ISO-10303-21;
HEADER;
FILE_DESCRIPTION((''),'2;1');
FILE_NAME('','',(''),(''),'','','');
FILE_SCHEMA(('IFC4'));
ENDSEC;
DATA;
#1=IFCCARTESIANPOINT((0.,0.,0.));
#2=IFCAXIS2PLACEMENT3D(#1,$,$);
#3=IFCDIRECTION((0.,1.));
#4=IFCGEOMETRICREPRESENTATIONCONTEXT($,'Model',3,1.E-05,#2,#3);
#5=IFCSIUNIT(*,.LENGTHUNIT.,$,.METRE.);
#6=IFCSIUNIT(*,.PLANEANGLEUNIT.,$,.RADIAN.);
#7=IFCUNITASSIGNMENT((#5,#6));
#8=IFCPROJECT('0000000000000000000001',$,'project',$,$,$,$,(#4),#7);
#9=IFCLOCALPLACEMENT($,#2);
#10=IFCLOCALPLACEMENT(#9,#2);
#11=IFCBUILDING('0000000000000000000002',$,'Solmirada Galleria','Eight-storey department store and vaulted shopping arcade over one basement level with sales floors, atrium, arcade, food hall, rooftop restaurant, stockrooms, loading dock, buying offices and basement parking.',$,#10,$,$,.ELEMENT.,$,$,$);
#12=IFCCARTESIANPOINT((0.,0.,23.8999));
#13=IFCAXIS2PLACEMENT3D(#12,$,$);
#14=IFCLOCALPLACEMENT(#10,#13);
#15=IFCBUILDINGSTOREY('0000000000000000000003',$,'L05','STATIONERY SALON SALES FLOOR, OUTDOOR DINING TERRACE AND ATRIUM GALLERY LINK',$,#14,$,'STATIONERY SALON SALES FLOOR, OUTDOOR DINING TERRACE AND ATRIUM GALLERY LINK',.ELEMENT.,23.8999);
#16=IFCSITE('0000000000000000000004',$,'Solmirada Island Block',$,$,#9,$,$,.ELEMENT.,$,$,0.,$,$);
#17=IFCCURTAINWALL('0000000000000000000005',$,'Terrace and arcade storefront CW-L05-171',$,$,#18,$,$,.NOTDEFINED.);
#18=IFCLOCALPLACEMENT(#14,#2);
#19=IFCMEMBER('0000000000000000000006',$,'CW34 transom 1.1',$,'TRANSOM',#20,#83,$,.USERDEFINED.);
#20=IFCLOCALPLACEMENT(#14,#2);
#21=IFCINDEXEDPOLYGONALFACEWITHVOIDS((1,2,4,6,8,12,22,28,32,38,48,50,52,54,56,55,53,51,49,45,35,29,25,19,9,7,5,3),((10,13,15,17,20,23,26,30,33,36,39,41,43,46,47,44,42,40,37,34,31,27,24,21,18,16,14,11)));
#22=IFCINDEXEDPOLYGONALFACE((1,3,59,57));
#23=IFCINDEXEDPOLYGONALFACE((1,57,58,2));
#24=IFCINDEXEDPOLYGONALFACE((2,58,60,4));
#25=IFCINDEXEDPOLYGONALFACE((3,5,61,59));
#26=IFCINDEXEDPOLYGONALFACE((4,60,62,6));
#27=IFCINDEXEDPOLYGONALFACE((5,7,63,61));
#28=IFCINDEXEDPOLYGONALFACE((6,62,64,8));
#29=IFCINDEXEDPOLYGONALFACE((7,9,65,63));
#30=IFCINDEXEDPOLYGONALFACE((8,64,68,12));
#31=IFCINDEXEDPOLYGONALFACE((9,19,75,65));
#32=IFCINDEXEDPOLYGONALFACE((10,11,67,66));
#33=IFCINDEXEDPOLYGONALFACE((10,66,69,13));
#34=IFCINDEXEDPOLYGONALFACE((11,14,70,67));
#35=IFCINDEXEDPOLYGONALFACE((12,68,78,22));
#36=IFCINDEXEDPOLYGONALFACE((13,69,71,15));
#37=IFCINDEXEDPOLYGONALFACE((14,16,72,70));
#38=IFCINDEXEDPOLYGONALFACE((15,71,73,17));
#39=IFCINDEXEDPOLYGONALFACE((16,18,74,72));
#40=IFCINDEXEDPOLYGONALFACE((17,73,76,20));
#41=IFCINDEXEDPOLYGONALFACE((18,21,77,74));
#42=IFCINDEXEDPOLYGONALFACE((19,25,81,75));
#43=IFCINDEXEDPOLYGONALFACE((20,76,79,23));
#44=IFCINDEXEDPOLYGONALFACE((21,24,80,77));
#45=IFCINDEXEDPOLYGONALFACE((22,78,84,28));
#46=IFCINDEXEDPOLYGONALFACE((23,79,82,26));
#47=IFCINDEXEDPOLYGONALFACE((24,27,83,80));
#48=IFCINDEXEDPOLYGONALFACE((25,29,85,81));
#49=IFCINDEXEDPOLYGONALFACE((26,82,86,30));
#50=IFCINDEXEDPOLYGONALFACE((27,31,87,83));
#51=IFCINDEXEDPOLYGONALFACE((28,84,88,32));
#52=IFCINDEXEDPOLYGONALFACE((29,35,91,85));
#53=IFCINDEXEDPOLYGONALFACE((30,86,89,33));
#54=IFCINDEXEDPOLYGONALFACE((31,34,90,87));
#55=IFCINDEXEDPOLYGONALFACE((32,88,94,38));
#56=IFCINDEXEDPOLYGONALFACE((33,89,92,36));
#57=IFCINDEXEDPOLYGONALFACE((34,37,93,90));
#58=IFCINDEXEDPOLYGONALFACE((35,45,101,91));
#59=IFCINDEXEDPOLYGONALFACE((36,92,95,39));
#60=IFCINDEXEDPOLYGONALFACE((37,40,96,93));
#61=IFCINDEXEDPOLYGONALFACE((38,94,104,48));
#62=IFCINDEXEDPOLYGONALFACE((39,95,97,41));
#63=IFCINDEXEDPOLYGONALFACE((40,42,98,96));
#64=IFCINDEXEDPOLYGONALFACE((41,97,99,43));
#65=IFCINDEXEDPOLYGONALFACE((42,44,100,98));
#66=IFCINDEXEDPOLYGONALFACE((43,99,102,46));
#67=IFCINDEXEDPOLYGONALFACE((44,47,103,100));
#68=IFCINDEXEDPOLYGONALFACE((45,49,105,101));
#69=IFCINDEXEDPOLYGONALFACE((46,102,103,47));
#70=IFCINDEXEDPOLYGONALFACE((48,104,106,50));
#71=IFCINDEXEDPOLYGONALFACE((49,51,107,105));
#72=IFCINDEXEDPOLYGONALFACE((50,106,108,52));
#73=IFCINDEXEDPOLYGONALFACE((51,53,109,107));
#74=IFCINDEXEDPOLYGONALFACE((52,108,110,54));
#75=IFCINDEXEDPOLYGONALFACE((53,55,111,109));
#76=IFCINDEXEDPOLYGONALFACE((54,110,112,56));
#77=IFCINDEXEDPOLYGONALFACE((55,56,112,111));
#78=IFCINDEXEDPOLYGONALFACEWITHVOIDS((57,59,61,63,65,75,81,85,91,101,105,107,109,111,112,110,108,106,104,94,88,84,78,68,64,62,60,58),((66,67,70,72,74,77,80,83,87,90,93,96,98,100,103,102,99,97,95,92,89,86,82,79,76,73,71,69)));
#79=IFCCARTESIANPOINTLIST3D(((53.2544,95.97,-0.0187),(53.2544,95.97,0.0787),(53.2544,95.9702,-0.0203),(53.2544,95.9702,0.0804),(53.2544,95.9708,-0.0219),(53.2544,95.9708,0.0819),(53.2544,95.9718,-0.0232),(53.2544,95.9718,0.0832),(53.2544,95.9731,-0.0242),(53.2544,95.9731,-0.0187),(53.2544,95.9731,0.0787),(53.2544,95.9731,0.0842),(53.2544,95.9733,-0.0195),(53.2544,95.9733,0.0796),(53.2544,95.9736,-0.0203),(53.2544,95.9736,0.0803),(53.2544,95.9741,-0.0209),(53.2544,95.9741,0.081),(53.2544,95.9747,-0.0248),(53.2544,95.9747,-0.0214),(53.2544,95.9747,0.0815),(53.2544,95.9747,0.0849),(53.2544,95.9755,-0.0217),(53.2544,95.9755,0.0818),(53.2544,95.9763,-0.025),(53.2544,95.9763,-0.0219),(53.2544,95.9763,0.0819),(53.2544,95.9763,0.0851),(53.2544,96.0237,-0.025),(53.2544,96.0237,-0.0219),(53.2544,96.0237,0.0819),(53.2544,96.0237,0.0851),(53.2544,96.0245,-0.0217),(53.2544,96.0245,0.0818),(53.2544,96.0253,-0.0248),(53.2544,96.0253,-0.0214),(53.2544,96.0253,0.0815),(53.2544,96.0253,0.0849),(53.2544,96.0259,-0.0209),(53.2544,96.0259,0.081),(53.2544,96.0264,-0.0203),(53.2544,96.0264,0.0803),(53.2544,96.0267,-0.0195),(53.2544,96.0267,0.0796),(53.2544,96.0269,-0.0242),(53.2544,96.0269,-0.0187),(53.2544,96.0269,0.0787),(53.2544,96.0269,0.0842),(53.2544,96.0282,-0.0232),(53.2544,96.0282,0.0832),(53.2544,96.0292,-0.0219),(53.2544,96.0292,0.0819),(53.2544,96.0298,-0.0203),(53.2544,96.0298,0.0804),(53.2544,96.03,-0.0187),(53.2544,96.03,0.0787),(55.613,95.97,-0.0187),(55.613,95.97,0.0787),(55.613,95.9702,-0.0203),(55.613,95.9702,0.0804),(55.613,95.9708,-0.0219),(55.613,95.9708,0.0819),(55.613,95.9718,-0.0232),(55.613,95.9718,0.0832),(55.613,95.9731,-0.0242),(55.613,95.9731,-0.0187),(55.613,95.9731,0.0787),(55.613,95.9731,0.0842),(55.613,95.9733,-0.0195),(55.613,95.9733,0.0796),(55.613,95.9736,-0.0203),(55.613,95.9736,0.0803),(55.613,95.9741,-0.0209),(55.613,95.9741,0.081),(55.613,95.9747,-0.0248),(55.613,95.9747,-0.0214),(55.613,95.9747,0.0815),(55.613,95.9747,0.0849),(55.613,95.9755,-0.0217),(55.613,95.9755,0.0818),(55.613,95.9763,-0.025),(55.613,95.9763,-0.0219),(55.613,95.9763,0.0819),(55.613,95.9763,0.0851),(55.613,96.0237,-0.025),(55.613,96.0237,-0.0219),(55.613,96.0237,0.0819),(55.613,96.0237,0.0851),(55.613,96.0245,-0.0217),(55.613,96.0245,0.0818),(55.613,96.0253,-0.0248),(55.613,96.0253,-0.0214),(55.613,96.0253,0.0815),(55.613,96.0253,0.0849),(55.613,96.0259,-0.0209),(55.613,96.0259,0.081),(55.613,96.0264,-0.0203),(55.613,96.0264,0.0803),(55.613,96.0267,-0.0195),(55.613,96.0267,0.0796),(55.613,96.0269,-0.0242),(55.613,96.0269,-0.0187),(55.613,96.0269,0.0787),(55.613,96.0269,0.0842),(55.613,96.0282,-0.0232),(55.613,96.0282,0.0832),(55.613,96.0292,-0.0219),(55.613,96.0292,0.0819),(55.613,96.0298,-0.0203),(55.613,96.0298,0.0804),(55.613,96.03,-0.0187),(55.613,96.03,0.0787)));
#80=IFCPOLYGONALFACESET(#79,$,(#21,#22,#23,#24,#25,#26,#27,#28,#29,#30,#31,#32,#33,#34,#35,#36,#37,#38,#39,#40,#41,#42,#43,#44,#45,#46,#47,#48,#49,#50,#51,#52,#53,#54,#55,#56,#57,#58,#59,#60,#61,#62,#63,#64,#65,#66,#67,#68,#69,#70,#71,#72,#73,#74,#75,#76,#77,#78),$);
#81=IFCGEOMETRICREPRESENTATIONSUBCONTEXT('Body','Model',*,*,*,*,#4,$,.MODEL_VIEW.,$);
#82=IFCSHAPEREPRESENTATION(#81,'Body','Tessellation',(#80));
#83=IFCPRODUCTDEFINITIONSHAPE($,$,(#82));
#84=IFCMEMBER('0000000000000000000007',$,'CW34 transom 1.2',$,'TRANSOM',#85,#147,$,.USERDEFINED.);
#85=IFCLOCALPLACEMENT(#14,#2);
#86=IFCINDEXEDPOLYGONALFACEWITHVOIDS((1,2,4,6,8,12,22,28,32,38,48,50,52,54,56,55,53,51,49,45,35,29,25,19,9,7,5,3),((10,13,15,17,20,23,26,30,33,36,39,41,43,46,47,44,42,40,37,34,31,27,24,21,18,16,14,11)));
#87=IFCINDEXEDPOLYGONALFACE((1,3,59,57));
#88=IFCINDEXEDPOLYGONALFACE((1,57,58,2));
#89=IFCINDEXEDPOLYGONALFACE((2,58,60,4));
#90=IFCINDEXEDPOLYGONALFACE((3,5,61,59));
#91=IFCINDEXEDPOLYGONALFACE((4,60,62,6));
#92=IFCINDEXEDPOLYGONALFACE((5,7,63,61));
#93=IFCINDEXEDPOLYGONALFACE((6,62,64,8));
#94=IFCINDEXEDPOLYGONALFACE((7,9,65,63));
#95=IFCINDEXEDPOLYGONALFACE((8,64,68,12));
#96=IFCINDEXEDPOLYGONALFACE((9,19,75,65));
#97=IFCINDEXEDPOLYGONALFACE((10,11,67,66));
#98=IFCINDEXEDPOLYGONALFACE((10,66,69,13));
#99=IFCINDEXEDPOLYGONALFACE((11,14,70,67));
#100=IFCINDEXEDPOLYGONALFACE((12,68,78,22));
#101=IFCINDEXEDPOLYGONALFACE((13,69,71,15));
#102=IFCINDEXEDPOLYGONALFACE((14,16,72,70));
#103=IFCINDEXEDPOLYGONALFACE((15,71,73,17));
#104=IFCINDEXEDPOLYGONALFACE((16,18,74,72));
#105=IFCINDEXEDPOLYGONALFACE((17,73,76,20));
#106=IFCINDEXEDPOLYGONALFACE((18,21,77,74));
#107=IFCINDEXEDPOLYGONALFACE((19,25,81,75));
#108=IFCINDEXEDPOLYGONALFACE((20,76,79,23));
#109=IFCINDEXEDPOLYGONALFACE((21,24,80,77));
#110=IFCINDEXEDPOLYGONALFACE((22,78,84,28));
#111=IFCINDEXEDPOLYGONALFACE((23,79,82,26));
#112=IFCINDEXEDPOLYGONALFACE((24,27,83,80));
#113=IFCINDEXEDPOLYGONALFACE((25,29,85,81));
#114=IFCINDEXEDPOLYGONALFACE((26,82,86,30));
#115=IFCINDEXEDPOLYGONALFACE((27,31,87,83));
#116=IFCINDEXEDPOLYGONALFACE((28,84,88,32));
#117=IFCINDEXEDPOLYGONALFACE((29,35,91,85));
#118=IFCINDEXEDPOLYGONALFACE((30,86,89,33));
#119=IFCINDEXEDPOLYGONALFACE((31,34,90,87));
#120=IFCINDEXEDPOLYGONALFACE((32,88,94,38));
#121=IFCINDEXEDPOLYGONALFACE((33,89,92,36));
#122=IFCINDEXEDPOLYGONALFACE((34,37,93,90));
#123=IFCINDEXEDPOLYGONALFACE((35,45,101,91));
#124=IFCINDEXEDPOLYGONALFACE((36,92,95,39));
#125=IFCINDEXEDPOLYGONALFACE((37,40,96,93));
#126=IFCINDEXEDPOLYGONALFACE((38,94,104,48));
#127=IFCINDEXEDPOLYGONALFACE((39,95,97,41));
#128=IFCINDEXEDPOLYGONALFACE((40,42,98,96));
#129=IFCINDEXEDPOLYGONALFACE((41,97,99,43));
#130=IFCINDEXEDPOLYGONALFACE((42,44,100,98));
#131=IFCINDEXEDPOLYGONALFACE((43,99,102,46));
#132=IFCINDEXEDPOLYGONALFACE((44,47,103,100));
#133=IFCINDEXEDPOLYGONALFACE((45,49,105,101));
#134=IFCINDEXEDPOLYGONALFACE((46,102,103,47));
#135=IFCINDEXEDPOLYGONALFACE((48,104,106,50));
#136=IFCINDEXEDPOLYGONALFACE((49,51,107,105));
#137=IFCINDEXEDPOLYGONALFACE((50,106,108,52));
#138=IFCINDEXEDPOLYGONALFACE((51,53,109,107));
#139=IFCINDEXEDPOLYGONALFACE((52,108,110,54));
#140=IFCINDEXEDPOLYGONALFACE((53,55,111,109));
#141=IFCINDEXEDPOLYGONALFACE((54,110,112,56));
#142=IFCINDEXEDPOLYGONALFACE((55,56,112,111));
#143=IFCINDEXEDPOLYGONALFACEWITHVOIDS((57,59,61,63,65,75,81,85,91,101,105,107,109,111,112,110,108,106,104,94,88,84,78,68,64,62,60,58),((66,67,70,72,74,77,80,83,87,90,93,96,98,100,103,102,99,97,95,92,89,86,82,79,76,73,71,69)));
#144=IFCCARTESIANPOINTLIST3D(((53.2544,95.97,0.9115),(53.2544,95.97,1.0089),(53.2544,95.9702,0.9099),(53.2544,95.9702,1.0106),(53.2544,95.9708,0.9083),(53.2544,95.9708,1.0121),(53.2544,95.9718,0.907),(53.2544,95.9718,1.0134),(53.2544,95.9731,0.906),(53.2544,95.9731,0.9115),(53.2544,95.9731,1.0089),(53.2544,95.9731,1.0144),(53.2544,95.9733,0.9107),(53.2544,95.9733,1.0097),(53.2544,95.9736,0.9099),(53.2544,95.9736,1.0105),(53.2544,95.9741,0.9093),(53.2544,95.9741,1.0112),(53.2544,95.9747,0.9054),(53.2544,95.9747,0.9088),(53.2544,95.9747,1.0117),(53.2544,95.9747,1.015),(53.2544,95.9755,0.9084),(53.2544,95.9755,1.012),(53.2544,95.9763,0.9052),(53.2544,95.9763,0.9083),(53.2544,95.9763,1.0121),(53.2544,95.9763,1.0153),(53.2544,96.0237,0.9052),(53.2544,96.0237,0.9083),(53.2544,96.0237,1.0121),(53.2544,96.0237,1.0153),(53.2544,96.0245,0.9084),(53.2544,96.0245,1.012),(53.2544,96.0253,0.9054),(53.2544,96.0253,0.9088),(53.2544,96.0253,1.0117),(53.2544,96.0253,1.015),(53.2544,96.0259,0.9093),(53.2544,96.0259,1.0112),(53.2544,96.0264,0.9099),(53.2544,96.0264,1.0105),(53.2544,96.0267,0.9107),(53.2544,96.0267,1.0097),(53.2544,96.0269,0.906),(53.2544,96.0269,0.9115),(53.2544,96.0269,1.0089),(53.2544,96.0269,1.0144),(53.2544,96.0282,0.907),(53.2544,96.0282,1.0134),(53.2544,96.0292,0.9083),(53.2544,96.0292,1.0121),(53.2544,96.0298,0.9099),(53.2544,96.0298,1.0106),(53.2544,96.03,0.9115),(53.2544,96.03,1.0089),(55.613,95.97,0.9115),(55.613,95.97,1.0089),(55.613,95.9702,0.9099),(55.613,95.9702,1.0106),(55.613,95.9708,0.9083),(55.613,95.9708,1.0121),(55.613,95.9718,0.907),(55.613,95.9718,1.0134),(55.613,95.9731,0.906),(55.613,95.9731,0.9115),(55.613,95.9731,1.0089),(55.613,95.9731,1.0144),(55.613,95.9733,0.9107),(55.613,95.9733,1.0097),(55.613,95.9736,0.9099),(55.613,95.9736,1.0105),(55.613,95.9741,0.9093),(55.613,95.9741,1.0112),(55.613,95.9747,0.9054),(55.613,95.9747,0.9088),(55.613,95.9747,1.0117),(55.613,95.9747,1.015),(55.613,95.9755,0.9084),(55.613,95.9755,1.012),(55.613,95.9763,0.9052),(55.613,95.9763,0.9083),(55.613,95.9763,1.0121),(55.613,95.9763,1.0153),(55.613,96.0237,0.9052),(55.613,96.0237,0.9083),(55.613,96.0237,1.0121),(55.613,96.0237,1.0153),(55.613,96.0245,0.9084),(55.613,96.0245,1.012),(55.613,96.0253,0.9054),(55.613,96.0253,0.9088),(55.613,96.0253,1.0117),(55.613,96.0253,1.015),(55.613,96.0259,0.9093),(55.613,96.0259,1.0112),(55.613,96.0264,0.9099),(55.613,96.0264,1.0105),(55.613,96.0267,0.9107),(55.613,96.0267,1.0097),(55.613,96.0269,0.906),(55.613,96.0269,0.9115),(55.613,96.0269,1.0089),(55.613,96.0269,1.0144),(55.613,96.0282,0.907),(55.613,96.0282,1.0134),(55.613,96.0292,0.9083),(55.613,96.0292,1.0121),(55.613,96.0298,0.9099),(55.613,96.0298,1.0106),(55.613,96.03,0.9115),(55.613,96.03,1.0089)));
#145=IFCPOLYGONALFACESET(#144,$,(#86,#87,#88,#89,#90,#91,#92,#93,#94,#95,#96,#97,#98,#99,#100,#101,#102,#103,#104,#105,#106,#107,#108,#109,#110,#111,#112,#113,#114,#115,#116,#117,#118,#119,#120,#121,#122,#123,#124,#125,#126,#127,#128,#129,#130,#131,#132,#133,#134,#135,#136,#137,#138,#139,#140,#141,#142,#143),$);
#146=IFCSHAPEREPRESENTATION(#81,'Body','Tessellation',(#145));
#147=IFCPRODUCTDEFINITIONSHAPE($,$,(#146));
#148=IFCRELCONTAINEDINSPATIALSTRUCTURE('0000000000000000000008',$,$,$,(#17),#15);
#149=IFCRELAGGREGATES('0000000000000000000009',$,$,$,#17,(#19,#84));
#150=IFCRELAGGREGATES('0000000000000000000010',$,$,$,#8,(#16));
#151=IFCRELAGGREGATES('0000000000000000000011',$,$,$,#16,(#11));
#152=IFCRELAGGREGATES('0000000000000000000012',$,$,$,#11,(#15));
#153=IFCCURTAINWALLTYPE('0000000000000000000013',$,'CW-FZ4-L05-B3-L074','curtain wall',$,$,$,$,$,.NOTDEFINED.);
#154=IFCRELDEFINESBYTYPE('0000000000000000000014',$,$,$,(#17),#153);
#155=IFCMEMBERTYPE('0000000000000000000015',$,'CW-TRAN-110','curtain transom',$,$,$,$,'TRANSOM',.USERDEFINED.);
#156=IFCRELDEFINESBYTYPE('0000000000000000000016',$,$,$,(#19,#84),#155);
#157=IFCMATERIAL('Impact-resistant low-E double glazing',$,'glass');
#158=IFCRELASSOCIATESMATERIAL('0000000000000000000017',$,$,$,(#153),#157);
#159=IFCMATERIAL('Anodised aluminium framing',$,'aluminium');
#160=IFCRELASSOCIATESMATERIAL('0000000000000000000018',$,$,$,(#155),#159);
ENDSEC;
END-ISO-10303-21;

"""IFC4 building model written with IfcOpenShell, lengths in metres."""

from ifc_helpers import new_model, si_unit, direction, frame, origin, origin_2d, place, context, subcontext, project, spatial, hollow_rectangle, extrude, material, material_profile, profile_set, type_object, element, aggregate, save


model = new_model("IFC4")

# Units and contexts
model_context = context("Model", 3, precision=1e-05, world=origin(), true_north=direction((0.0, 1.0)))
body_context = subcontext(model_context, "Body", "Model", "MODEL_VIEW")
ifc_project = project(units=[si_unit("LENGTHUNIT", "METRE"), si_unit("PLANEANGLEUNIT", "RADIAN")], contexts=[model_context])

# Site, building, storey
site_placement = place(None, origin())
site = spatial("IfcSite", under=ifc_project, at=site_placement, Name="Solmirada Island Block", CompositionType="ELEMENT", RefElevation=0.0)
building_placement = place(site_placement, origin())
building = spatial("IfcBuilding", under=site, at=building_placement, Name="Solmirada Galleria", Description="Eight-storey department store and vaulted shopping arcade over one basement level with sales floors, atrium, arcade, food hall, rooftop restaurant, stockrooms, loading dock, buying offices and basement parking.", CompositionType="ELEMENT")
storey_placement = place(building_placement, frame((0.0, 0.0, 23.8999)))
storey = spatial("IfcBuildingStorey", under=building, at=storey_placement, Name="L05", Description="STATIONERY SALON SALES FLOOR, OUTDOOR DINING TERRACE AND ATRIUM GALLERY LINK", LongName="STATIONERY SALON SALES FLOOR, OUTDOOR DINING TERRACE AND ATRIUM GALLERY LINK", CompositionType="ELEMENT", Elevation=23.8999)

# Curtain wall, members
ifc_material_1 = material(Name="Impact-resistant low-E double glazing", Category="glass")
curtain_wall_type = type_object("IfcCurtainWallType", Name="CW-FZ4-L05-B3-L074", Description="curtain wall", PredefinedType="NOTDEFINED", material=ifc_material_1)
curtain_wall_placement = place(storey_placement, origin())
curtain_wall = element("IfcCurtainWall", 1, at=curtain_wall_placement, inside=storey, type_object=curtain_wall_type, Name="Terrace and arcade storefront CW-L05-171", PredefinedType="NOTDEFINED")
ifc_material_2 = material(Name="Anodised aluminium framing", Category="aluminium")
ifc_material_profile_1 = material_profile(ifc_material_2, hollow_rectangle(XDim=0.0601, YDim=0.1101, WallThickness=0.0032, InnerFilletRadius=0.0032, OuterFilletRadius=0.0063, at=origin_2d()), Name="ALU-TRAN-110X60")
ifc_profile_set_1 = profile_set([ifc_material_profile_1], Name="Anodised aluminium framing")
member_type_1 = type_object("IfcMemberType", Name="CW-TRAN-110", Description="curtain transom", ElementType="TRANSOM", PredefinedType="USERDEFINED", material=ifc_profile_set_1)
member_1_placement = place(storey_placement, frame((55.613, 96.0, 0.03), z_axis=(-1.0, 0.0, 0.0), x_axis=(0.0, -1.0, 0.0)))
member_1 = element("IfcMember", 2, at=member_1_placement, type_object=member_type_1, Name="CW34 transom 1.1", ObjectType="TRANSOM", PredefinedType="USERDEFINED", context=body_context, shape_type="SweptSolid", body=[
    extrude(hollow_rectangle(XDim=0.0601, YDim=0.1101, WallThickness=0.0032, InnerFilletRadius=0.0032, OuterFilletRadius=0.0063, at=origin_2d()), origin(), (0.0, 0.0, 1.0), 2.3586),
])
member_2_placement = place(storey_placement, frame((55.613, 96.0, 0.9602), z_axis=(-1.0, 0.0, 0.0), x_axis=(0.0, -1.0, 0.0)))
member_2 = element("IfcMember", 3, at=member_2_placement, type_object=member_type_1, Name="CW34 transom 1.2", ObjectType="TRANSOM", PredefinedType="USERDEFINED", context=body_context, shape_type="SweptSolid", body=[
    extrude(hollow_rectangle(XDim=0.0601, YDim=0.1101, WallThickness=0.0032, InnerFilletRadius=0.0032, OuterFilletRadius=0.0063, at=origin_2d()), origin(), (0.0, 0.0, 1.0), 2.3586),
])
aggregate(curtain_wall, [member_1, member_2])

save(model, "model.ifc")
